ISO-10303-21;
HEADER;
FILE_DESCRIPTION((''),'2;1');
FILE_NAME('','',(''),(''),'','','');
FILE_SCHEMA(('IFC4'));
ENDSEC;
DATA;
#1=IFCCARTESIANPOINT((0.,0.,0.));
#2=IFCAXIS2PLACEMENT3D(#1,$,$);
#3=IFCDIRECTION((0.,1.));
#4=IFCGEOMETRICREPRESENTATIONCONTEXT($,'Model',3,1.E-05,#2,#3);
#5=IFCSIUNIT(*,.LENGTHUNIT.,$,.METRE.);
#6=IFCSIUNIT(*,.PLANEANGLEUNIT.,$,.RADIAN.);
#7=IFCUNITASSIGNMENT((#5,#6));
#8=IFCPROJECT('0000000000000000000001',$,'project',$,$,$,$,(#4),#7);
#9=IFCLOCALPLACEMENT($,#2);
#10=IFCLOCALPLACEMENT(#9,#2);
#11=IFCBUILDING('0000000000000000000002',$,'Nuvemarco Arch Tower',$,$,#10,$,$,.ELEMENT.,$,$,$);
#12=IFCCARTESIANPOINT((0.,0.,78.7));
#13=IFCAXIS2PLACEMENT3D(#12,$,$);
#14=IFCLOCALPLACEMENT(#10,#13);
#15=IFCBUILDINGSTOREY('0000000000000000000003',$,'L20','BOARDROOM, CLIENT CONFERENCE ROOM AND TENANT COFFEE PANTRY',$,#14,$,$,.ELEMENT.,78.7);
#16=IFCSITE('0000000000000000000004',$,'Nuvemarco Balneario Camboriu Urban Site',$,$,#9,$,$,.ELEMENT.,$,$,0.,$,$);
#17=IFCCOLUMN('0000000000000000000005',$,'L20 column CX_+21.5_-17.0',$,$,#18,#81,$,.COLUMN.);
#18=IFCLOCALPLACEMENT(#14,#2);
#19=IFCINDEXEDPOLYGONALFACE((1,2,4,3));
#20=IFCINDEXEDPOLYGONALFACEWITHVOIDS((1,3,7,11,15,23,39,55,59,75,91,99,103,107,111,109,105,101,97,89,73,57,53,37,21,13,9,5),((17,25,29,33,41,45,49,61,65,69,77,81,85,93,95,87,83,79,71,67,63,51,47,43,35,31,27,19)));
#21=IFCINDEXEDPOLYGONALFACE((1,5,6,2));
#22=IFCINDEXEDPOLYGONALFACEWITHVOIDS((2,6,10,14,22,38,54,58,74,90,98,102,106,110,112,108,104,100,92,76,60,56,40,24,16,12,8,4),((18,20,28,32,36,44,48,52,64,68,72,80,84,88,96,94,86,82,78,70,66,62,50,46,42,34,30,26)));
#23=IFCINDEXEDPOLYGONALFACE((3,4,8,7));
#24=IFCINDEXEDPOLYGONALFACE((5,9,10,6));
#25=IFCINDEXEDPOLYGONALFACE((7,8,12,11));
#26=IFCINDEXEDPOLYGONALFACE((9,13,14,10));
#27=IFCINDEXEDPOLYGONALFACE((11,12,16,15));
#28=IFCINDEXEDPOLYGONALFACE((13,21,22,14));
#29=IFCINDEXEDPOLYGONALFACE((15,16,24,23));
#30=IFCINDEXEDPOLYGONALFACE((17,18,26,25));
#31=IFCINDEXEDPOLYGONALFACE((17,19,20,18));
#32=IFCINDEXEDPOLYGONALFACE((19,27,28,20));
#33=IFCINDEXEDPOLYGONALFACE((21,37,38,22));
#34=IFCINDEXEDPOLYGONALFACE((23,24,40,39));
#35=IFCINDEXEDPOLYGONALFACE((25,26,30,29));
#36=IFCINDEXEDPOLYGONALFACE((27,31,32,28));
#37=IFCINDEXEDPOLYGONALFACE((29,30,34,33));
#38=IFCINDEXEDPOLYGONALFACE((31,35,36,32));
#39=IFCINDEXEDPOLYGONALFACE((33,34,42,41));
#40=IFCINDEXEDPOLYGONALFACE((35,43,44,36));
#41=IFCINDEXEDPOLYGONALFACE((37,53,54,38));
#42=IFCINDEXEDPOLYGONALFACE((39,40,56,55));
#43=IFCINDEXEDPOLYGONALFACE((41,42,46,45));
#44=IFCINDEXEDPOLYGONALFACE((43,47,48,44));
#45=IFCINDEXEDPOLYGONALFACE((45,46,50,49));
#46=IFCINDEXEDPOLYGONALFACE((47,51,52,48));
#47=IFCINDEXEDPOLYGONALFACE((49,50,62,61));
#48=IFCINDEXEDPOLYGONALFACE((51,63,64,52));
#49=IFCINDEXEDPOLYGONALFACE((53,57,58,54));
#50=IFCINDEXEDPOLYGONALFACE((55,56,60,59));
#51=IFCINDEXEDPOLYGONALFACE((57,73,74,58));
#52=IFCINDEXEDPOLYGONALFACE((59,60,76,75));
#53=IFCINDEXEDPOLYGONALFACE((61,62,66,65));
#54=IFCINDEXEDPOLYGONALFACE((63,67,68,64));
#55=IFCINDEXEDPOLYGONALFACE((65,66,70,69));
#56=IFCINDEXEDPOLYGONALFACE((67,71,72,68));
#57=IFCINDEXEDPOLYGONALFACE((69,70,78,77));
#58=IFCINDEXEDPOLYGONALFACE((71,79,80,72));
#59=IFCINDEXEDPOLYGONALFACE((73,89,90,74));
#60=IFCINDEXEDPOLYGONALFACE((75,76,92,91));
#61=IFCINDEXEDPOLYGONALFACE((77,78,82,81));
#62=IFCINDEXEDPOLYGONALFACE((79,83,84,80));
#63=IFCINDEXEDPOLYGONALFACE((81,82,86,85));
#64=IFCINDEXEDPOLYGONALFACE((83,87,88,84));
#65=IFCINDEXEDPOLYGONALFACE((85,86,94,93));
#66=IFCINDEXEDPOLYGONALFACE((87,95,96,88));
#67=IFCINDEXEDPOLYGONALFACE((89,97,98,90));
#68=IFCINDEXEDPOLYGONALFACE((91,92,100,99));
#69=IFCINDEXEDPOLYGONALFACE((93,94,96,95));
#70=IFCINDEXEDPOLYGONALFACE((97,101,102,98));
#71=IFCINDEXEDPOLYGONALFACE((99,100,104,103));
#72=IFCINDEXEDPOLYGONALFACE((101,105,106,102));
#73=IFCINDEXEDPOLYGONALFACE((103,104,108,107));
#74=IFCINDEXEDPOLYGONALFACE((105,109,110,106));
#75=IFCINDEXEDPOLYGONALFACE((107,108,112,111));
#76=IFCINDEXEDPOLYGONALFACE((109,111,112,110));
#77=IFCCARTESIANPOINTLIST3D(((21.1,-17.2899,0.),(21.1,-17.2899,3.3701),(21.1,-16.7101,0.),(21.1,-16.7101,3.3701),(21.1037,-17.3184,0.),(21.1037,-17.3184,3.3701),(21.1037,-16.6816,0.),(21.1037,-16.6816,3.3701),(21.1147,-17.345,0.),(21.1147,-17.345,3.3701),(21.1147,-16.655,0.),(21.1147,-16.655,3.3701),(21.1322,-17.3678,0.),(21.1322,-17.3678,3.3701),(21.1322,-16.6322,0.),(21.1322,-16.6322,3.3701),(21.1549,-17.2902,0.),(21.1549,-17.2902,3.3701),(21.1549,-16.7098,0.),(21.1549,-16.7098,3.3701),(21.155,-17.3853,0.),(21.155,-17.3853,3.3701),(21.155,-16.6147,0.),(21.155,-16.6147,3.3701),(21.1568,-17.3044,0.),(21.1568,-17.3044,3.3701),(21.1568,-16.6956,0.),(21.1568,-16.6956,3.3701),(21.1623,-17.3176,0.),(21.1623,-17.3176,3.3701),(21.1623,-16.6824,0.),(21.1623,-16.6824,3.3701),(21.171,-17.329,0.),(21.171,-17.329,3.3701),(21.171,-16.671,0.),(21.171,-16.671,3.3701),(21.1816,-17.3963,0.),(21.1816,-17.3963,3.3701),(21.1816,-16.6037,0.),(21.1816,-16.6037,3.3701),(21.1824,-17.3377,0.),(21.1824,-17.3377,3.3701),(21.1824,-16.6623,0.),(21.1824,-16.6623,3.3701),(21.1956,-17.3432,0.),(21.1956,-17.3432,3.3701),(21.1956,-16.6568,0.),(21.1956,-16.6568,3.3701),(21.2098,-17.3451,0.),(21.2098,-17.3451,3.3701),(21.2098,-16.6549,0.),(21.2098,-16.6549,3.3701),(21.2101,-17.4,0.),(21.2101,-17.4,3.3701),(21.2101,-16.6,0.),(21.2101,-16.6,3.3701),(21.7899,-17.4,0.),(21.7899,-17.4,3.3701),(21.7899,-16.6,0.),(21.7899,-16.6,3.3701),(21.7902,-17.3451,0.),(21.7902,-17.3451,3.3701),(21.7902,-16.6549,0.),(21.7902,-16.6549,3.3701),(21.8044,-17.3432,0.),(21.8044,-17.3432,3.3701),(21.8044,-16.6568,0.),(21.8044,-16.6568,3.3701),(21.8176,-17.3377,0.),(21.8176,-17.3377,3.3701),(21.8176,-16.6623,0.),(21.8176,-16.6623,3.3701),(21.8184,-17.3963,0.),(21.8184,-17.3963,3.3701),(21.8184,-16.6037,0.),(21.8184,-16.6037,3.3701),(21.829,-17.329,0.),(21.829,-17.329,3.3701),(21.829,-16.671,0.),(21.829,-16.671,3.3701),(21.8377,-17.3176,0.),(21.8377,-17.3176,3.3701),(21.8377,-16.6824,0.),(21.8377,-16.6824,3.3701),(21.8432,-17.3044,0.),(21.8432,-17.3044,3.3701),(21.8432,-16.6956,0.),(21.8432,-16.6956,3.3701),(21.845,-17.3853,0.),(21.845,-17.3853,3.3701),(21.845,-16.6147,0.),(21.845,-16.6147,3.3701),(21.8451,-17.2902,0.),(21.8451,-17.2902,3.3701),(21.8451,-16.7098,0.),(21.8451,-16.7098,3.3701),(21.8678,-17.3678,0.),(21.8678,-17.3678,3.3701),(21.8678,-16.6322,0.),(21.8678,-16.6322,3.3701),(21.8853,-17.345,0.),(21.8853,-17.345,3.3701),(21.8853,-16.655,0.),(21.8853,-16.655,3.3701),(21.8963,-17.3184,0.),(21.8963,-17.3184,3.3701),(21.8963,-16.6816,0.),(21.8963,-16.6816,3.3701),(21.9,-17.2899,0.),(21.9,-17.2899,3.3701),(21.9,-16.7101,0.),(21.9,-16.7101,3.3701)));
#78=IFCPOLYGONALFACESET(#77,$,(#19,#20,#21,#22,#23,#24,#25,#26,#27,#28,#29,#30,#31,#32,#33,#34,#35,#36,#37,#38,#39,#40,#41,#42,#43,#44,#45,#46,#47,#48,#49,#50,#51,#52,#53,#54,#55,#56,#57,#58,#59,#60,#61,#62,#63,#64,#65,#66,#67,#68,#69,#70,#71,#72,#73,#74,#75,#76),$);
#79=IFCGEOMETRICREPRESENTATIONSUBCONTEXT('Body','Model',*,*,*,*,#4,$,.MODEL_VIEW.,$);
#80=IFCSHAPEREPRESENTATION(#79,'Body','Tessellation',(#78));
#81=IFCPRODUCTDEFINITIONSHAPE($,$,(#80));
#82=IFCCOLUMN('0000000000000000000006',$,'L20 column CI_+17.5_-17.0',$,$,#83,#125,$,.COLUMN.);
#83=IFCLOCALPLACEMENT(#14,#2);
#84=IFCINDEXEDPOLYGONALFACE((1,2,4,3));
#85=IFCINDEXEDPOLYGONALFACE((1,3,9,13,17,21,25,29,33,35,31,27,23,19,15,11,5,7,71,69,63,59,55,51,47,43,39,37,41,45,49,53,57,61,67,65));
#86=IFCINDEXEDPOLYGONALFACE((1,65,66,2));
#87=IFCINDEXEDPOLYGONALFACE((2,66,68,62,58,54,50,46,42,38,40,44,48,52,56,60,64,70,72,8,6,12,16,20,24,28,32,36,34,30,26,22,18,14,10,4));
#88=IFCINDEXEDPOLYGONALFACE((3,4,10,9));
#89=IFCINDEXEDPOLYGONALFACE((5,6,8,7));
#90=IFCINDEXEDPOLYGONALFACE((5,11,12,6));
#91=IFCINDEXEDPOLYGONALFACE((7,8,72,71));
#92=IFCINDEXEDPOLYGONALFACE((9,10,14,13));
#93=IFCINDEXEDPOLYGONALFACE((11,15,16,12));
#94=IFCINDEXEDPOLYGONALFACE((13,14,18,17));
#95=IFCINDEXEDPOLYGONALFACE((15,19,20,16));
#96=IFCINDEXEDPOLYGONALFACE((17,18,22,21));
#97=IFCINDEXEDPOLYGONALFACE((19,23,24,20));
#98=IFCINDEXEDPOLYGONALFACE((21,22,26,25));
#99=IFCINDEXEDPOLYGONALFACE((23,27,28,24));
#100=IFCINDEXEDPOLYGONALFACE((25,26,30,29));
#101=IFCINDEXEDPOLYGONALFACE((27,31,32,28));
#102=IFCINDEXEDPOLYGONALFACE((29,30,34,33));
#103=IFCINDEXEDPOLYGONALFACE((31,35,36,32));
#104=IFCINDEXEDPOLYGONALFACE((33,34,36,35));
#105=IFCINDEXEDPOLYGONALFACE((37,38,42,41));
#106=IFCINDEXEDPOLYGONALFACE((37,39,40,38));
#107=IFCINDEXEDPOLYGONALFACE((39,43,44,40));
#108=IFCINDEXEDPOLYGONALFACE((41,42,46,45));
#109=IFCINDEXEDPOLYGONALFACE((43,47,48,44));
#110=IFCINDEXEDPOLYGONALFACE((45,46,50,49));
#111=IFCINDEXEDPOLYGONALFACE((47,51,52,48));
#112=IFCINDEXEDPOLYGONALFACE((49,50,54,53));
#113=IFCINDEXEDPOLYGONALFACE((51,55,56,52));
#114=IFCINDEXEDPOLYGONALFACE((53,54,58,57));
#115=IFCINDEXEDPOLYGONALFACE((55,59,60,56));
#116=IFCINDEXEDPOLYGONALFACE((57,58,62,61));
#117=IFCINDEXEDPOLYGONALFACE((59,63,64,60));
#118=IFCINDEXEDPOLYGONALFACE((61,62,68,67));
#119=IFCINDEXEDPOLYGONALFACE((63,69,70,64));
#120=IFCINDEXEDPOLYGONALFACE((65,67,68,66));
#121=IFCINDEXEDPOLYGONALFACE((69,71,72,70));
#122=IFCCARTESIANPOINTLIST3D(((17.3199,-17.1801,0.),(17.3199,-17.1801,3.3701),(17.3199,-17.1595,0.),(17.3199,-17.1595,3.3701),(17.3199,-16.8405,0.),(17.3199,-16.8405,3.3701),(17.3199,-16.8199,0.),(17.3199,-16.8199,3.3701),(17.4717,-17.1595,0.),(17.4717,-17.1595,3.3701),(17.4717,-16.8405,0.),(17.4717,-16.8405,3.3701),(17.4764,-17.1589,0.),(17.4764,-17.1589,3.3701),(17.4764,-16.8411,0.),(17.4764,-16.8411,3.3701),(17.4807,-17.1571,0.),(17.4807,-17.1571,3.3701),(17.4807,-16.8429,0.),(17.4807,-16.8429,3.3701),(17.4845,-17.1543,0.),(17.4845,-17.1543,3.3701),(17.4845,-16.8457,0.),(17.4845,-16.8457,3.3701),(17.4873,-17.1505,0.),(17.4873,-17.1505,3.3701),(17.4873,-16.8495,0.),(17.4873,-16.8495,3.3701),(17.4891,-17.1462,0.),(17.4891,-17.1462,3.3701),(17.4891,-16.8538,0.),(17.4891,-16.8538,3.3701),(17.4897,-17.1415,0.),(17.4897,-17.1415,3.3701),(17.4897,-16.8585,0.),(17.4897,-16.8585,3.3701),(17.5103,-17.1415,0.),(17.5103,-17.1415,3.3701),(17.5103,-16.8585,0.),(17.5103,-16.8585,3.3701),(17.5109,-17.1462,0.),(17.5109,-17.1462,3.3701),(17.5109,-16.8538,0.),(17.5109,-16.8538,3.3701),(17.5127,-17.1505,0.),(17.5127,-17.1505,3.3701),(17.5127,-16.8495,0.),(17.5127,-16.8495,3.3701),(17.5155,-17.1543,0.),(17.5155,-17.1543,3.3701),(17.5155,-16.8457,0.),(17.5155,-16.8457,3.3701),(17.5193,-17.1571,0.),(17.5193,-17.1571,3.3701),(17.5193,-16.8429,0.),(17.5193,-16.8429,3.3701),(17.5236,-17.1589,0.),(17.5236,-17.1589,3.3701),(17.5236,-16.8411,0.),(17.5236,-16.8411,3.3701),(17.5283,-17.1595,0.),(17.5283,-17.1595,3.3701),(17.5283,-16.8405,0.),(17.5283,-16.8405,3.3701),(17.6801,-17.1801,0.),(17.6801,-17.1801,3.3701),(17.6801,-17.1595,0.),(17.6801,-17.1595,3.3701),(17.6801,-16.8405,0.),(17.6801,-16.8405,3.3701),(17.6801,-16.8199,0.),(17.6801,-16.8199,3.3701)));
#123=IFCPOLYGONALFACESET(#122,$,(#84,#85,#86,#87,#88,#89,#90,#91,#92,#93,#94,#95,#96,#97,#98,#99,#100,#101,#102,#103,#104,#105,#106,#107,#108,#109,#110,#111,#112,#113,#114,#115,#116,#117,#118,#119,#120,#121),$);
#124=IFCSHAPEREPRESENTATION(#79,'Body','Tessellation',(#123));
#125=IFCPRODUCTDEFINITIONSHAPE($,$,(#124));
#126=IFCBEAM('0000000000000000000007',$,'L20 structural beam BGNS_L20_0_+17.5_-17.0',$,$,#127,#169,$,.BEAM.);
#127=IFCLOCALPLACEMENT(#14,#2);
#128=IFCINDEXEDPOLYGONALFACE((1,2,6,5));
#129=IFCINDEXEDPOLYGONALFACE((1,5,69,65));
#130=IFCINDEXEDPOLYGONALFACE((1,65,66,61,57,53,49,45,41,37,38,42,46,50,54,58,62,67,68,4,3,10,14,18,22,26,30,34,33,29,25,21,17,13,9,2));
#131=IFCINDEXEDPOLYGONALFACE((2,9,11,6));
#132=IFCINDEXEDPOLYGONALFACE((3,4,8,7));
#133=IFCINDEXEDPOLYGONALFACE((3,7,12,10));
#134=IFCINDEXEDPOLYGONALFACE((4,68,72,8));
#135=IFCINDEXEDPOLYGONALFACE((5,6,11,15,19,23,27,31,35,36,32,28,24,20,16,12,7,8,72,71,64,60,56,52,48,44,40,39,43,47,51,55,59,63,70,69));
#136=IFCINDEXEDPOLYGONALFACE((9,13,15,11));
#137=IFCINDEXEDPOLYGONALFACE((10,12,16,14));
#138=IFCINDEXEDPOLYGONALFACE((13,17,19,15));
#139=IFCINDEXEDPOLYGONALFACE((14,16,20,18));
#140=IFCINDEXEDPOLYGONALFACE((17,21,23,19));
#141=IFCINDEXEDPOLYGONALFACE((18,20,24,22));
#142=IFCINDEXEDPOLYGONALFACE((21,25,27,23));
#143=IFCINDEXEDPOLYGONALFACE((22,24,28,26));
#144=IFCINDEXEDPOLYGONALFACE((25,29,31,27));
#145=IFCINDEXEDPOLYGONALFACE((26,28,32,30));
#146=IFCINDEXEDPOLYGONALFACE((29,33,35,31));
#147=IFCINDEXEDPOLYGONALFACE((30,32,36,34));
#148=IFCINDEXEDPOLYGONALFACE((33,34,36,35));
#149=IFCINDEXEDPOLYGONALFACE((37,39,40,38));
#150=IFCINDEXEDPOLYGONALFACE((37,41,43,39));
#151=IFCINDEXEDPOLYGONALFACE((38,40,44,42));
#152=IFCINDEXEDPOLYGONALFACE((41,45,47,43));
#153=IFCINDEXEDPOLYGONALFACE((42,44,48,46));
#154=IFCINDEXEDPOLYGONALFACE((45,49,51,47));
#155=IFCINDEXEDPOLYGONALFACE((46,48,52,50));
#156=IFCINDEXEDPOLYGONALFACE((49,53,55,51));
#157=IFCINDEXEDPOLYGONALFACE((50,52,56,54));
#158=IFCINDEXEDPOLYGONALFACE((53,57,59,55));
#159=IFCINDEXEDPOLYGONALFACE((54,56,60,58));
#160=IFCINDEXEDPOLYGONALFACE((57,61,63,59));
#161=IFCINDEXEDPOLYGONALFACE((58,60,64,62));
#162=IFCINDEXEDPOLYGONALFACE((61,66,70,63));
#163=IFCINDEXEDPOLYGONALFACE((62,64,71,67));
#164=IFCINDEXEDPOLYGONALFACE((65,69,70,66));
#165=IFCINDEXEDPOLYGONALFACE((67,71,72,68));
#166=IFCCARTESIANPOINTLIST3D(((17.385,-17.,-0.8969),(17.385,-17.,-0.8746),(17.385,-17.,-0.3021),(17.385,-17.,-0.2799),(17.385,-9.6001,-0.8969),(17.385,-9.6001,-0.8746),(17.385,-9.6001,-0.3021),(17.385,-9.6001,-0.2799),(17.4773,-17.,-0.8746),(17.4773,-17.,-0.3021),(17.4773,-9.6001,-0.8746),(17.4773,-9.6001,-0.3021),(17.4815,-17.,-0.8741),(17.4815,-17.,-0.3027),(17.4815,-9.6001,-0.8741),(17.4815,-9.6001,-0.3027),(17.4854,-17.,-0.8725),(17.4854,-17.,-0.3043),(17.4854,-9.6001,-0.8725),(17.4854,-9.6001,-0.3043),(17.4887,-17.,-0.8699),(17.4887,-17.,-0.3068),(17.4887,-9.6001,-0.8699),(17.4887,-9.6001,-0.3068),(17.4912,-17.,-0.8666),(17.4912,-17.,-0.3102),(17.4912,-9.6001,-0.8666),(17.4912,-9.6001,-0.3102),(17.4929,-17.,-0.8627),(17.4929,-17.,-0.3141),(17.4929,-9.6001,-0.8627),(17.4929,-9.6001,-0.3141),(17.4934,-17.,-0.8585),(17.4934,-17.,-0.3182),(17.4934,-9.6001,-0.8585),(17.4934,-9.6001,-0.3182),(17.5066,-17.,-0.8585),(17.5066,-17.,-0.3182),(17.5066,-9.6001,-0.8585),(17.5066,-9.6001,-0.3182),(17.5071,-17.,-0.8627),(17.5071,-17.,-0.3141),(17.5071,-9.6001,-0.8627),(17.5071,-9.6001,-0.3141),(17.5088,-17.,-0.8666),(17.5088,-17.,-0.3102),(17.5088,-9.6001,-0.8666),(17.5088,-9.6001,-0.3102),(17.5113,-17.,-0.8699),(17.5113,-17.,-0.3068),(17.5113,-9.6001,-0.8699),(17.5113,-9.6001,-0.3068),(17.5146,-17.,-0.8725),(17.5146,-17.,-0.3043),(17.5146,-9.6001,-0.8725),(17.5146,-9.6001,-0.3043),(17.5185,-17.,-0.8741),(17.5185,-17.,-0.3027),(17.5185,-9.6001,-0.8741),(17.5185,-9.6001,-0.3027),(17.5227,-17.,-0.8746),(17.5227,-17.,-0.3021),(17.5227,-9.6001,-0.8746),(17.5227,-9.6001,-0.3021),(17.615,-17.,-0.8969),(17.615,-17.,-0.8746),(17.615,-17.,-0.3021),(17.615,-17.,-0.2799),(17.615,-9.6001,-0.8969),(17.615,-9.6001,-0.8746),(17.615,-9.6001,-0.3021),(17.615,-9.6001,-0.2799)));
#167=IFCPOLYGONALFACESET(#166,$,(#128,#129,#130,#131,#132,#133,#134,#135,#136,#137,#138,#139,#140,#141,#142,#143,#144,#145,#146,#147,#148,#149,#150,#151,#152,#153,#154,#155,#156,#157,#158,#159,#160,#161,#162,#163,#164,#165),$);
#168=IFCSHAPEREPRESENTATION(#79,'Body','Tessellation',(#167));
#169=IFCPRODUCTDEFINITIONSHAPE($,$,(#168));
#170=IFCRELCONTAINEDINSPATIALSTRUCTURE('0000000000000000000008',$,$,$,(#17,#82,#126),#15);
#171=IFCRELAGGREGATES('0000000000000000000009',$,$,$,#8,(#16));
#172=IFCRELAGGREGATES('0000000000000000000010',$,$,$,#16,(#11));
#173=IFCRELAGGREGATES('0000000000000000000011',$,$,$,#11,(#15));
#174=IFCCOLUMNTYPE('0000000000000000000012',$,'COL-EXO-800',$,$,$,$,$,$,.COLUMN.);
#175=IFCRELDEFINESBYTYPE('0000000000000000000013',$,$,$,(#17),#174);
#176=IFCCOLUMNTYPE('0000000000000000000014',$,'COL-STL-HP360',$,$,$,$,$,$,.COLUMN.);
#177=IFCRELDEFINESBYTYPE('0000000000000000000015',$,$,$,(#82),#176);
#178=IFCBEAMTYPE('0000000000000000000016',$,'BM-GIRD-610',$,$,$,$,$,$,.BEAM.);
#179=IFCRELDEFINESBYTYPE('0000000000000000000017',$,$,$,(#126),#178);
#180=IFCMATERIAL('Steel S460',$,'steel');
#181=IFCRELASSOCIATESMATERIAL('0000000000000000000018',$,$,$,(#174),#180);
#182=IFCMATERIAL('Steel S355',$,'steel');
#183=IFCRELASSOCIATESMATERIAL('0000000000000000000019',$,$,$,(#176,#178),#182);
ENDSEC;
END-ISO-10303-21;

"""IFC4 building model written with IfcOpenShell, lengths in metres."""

from ifc_helpers import new_model, si_unit, direction, frame, origin, origin_2d, place, context, subcontext, project, spatial, hollow_rectangle, i_section, extrude, material, material_profile, profile_set, type_object, element, save


model = new_model("IFC4")

# Units and contexts
model_context = context("Model", 3, precision=1e-05, world=origin(), true_north=direction((0.0, 1.0)))
body_context = subcontext(model_context, "Body", "Model", "MODEL_VIEW")
ifc_project = project(units=[si_unit("LENGTHUNIT", "METRE"), si_unit("PLANEANGLEUNIT", "RADIAN")], contexts=[model_context])

# Site, building, storey
site_placement = place(None, origin())
site = spatial("IfcSite", under=ifc_project, at=site_placement, Name="Nuvemarco Balneario Camboriu Urban Site", CompositionType="ELEMENT", RefElevation=0.0)
building_placement = place(site_placement, origin())
building = spatial("IfcBuilding", under=site, at=building_placement, Name="Nuvemarco Arch Tower", CompositionType="ELEMENT")
storey_placement = place(building_placement, frame((0.0, 0.0, 78.7)))
storey = spatial("IfcBuildingStorey", under=building, at=storey_placement, Name="L20", Description="BOARDROOM, CLIENT CONFERENCE ROOM AND TENANT COFFEE PANTRY", CompositionType="ELEMENT", Elevation=78.7)

# Columns
ifc_material_1 = material(Name="Steel S460", Category="steel")
ifc_material_profile_1 = material_profile(ifc_material_1, hollow_rectangle(XDim=0.8, YDim=0.8, WallThickness=0.0549, InnerFilletRadius=0.0549, OuterFilletRadius=0.1101, at=origin_2d()), Name="SHS800x800x55")
ifc_profile_set_1 = profile_set([ifc_material_profile_1], Name="Steel S460")
column_type_1 = type_object("IfcColumnType", Name="COL-EXO-800", PredefinedType="COLUMN", material=ifc_profile_set_1)
column_1_placement = place(storey_placement, frame((21.5, -17.0, 0.0), z_axis=(0.0, 0.0, 1.0), x_axis=(1.0, 0.0, 0.0)))
element("IfcColumn", 1, at=column_1_placement, inside=storey, type_object=column_type_1, Name="L20 column CX_+21.5_-17.0", PredefinedType="COLUMN", context=body_context, shape_type="SweptSolid", body=[
    extrude(hollow_rectangle(XDim=0.8, YDim=0.8, WallThickness=0.0549, InnerFilletRadius=0.0549, OuterFilletRadius=0.1101, at=origin_2d()), origin(), (0.0, 0.0, 1.0), 3.3701),
])
ifc_material_2 = material(Name="Steel S355", Category="steel")
ifc_material_profile_2 = material_profile(ifc_material_2, i_section(OverallWidth=0.3601, OverallDepth=0.3601, WebThickness=0.0205, FlangeThickness=0.0205, FilletRadius=0.0181, at=origin_2d()), Name="HP360x174")
ifc_profile_set_2 = profile_set([ifc_material_profile_2], Name="Steel S355")
column_type_2 = type_object("IfcColumnType", Name="COL-STL-HP360", PredefinedType="COLUMN", material=ifc_profile_set_2)
column_2_placement = place(storey_placement, frame((17.5, -17.0, 0.0), z_axis=(0.0, 0.0, 1.0), x_axis=(1.0, 0.0, 0.0)))
element("IfcColumn", 2, at=column_2_placement, inside=storey, type_object=column_type_2, Name="L20 column CI_+17.5_-17.0", PredefinedType="COLUMN", context=body_context, shape_type="SweptSolid", body=[
    extrude(i_section(OverallWidth=0.3601, OverallDepth=0.3601, WebThickness=0.0205, FlangeThickness=0.0205, FilletRadius=0.0181, at=origin_2d()), origin(), (0.0, 0.0, 1.0), 3.3701),
])

# Beam
ifc_material_profile_3 = material_profile(ifc_material_2, i_section(OverallWidth=0.23, OverallDepth=0.6169, WebThickness=0.0132, FlangeThickness=0.0222, FilletRadius=0.0161, at=origin_2d()), Name="W610x140")
ifc_profile_set_3 = profile_set([ifc_material_profile_3], Name="Steel S355")
beam_type_1 = type_object("IfcBeamType", Name="BM-GIRD-610", PredefinedType="BEAM", material=ifc_profile_set_3)
beam_1_placement = place(storey_placement, frame((17.5, -17.0, -0.5884), z_axis=(0.0, 1.0, 0.0), x_axis=(-1.0, 0.0, 0.0)))
element("IfcBeam", 3, at=beam_1_placement, inside=storey, type_object=beam_type_1, Name="L20 structural beam BGNS_L20_0_+17.5_-17.0", PredefinedType="BEAM", context=body_context, shape_type="SweptSolid", body=[
    extrude(i_section(OverallWidth=0.23, OverallDepth=0.6169, WebThickness=0.0132, FlangeThickness=0.0222, FilletRadius=0.0161, at=origin_2d()), origin(), (0.0, 0.0, 1.0), 7.3999),
])

save(model, "model.ifc")
